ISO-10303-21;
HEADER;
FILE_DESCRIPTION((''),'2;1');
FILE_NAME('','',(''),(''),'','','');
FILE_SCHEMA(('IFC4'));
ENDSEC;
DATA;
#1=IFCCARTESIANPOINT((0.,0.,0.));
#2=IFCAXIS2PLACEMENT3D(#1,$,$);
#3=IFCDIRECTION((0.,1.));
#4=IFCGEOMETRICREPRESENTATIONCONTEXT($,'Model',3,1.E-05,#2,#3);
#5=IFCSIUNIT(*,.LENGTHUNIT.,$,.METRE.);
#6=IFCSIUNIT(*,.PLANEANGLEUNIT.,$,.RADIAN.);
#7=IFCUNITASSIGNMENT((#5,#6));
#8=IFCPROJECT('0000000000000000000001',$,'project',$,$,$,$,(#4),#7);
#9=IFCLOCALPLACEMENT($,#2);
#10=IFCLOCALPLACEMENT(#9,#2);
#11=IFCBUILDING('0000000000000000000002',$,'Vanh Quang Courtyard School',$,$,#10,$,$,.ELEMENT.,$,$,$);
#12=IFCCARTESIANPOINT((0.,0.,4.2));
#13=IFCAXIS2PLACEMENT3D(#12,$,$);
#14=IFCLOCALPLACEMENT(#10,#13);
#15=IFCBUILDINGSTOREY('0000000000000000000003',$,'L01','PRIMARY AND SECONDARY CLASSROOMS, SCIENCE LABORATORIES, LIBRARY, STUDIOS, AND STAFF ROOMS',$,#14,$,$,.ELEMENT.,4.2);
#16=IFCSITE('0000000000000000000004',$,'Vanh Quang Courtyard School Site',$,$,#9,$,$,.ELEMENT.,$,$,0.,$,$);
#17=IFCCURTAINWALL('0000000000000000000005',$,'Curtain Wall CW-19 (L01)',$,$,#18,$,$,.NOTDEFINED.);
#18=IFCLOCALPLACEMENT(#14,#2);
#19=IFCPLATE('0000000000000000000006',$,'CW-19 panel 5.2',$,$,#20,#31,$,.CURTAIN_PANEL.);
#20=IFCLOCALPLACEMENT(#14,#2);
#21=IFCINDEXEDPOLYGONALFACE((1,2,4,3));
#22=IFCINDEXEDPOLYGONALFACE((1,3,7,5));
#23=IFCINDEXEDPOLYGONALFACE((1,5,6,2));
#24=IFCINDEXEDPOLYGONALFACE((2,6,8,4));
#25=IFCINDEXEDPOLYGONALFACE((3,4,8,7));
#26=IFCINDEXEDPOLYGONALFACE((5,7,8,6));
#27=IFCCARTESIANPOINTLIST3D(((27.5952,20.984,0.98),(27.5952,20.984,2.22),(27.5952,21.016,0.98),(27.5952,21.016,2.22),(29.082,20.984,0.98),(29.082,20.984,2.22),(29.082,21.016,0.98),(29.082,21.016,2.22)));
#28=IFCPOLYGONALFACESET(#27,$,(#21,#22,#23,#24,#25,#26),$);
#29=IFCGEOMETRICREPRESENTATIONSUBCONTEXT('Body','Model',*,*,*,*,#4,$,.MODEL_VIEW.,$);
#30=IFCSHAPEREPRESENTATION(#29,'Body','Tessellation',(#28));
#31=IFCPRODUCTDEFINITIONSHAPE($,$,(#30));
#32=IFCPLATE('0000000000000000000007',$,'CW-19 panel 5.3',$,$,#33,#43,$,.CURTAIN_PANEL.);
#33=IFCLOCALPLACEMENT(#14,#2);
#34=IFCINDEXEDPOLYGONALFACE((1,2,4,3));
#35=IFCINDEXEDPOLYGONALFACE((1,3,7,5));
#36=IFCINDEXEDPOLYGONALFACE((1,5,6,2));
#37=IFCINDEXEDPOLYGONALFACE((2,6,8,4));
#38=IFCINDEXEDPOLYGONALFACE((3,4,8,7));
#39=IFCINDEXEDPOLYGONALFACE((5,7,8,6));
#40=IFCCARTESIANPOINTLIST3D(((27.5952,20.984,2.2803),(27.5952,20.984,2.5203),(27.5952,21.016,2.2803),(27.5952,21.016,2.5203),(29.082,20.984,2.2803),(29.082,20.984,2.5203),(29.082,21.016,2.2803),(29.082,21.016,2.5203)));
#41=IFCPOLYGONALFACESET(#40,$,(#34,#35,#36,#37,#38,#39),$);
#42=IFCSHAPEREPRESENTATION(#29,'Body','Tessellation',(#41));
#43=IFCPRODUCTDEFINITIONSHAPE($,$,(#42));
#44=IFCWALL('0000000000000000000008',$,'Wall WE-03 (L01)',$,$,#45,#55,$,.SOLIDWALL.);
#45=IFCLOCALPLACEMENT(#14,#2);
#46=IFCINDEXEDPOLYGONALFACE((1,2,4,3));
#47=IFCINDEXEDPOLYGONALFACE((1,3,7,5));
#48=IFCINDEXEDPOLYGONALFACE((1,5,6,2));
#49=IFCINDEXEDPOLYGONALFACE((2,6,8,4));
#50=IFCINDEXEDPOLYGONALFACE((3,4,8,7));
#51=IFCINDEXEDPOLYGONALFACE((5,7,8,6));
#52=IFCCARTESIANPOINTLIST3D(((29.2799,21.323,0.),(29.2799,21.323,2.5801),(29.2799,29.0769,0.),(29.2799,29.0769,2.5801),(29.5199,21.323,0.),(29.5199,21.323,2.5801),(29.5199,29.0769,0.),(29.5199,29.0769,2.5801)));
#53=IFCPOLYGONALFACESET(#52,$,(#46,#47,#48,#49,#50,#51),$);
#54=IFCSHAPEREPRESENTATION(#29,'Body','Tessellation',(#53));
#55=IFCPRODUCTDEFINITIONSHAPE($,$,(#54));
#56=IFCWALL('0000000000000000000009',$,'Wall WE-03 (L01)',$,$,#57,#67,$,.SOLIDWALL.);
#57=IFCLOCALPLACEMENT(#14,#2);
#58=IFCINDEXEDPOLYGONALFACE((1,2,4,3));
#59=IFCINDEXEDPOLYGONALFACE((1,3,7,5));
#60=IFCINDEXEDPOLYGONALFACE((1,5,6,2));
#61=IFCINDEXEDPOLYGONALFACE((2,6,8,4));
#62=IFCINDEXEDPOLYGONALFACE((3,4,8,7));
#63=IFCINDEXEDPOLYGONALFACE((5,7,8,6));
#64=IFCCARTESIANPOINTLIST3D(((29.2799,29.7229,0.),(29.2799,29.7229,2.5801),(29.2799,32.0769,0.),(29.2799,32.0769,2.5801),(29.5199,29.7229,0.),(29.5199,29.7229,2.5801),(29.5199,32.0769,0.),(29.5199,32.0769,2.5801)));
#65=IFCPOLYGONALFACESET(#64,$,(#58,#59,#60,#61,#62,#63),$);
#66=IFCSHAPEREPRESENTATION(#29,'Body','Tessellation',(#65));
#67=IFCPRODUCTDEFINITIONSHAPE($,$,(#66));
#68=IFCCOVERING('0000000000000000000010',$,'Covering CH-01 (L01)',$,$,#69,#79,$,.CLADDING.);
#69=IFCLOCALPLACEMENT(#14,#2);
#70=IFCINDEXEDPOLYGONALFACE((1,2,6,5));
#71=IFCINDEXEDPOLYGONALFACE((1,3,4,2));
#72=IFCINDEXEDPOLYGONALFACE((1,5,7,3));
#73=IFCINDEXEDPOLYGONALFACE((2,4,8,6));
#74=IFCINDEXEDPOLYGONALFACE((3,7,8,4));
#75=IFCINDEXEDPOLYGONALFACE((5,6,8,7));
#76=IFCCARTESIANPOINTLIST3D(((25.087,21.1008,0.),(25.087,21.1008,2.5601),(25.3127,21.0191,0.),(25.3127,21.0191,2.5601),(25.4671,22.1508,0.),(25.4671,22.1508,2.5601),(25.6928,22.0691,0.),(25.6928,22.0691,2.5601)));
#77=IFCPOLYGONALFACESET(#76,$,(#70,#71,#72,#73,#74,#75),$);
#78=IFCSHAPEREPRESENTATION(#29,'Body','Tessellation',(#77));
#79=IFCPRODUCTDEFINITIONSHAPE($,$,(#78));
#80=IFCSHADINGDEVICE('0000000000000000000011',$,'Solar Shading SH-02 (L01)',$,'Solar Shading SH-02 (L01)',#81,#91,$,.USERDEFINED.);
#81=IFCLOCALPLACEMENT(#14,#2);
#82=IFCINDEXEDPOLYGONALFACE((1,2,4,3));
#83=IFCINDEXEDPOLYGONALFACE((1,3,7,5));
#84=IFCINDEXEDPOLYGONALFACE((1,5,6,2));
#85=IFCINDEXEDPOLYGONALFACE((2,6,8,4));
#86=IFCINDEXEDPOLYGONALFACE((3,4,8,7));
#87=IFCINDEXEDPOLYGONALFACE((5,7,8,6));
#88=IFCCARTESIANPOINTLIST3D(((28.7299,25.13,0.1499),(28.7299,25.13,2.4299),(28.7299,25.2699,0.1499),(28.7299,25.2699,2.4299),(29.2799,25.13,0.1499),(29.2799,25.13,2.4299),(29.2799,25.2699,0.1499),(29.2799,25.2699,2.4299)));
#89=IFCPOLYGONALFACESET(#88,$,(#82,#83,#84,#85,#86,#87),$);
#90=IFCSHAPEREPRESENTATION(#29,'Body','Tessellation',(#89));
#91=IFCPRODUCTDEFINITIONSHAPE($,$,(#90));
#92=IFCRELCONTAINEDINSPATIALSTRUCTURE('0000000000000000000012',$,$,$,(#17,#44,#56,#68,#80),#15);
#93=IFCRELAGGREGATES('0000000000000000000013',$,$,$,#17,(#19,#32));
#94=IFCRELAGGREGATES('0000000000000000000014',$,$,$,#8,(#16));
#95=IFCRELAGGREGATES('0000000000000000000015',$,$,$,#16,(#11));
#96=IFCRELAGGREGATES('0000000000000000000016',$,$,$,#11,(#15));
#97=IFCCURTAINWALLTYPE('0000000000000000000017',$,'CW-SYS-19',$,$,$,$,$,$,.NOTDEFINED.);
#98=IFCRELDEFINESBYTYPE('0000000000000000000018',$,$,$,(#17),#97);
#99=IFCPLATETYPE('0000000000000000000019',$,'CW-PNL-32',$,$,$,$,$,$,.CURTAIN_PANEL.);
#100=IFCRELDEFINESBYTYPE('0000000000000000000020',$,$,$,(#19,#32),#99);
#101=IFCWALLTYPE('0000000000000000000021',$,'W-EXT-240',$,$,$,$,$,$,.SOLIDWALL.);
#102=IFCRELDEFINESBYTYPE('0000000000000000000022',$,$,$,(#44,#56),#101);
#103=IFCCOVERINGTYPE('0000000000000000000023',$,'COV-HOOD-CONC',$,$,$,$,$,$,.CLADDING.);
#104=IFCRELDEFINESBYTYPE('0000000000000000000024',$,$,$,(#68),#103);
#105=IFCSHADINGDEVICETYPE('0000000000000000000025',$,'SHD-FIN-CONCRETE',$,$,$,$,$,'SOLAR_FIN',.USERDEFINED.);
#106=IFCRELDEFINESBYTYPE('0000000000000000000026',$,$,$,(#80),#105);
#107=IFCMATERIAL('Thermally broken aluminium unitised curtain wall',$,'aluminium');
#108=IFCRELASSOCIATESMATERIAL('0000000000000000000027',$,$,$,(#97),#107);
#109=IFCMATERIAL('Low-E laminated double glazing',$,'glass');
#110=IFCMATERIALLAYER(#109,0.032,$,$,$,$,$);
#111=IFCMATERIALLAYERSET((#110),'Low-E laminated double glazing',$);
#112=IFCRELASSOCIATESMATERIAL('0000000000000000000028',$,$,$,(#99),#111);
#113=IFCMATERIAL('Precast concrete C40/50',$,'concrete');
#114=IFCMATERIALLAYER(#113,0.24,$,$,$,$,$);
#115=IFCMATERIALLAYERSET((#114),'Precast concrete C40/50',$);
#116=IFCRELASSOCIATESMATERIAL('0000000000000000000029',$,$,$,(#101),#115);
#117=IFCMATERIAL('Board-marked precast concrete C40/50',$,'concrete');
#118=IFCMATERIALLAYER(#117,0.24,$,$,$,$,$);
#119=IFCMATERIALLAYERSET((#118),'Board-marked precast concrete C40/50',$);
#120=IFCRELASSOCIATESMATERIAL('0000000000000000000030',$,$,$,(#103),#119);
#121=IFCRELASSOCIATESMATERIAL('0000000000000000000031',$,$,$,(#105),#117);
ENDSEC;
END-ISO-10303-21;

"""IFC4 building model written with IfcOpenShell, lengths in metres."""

from ifc_helpers import new_model, si_unit, direction, frame, frame_2d, origin, origin_2d, place, context, subcontext, project, spatial, rectangle, extrude, material, layer, layer_set, type_object, element, aggregate, save


model = new_model("IFC4")

# Units and contexts
model_context = context("Model", 3, precision=1e-05, world=origin(), true_north=direction((0.0, 1.0)))
body_context = subcontext(model_context, "Body", "Model", "MODEL_VIEW")
ifc_project = project(units=[si_unit("LENGTHUNIT", "METRE"), si_unit("PLANEANGLEUNIT", "RADIAN")], contexts=[model_context])

# Site, building, storey
site_placement = place(None, origin())
site = spatial("IfcSite", under=ifc_project, at=site_placement, Name="Vanh Quang Courtyard School Site", CompositionType="ELEMENT", RefElevation=0.0)
building_placement = place(site_placement, origin())
building = spatial("IfcBuilding", under=site, at=building_placement, Name="Vanh Quang Courtyard School", CompositionType="ELEMENT")
storey_placement = place(building_placement, frame((0.0, 0.0, 4.2)))
storey = spatial("IfcBuildingStorey", under=building, at=storey_placement, Name="L01", Description="PRIMARY AND SECONDARY CLASSROOMS, SCIENCE LABORATORIES, LIBRARY, STUDIOS, AND STAFF ROOMS", CompositionType="ELEMENT", Elevation=4.2)

# Curtain wall, plates
ifc_material_1 = material(Name="Thermally broken aluminium unitised curtain wall", Category="aluminium")
curtain_wall_type = type_object("IfcCurtainWallType", Name="CW-SYS-19", PredefinedType="NOTDEFINED", material=ifc_material_1)
curtain_wall_placement = place(storey_placement, origin())
curtain_wall = element("IfcCurtainWall", 1, at=curtain_wall_placement, inside=storey, type_object=curtain_wall_type, Name="Curtain Wall CW-19 (L01)", PredefinedType="NOTDEFINED")
ifc_material_2 = material(Name="Low-E laminated double glazing", Category="glass")
ifc_layer_1 = layer(ifc_material_2, 0.032)
ifc_layer_set_1 = layer_set([ifc_layer_1], Name="Low-E laminated double glazing")
plate_type = type_object("IfcPlateType", Name="CW-PNL-32", PredefinedType="CURTAIN_PANEL", material=ifc_layer_set_1)
plate_1_placement = place(storey_placement, frame((28.3386, 21.0, 0.98), z_axis=(0.0, 0.0, 1.0), x_axis=(1.0, 0.0, 0.0)))
plate_1 = element("IfcPlate", 2, at=plate_1_placement, type_object=plate_type, Name="CW-19 panel 5.2", PredefinedType="CURTAIN_PANEL", context=body_context, shape_type="SweptSolid", body=[
    extrude(rectangle(XDim=1.4868, YDim=0.032, at=origin_2d()), origin(), (0.0, 0.0, 1.0), 1.24),
])
plate_2_placement = place(storey_placement, frame((28.3386, 21.0, 2.2803), z_axis=(0.0, 0.0, 1.0), x_axis=(1.0, 0.0, 0.0)))
plate_2 = element("IfcPlate", 3, at=plate_2_placement, type_object=plate_type, Name="CW-19 panel 5.3", PredefinedType="CURTAIN_PANEL", context=body_context, shape_type="SweptSolid", body=[
    extrude(rectangle(XDim=1.4868, YDim=0.032, at=origin_2d()), origin(), (0.0, 0.0, 1.0), 0.24),
])
aggregate(curtain_wall, [plate_1, plate_2])

# Walls
ifc_material_3 = material(Name="Precast concrete C40/50", Category="concrete")
ifc_layer_2 = layer(ifc_material_3, 0.24)
ifc_layer_set_2 = layer_set([ifc_layer_2], Name="Precast concrete C40/50")
wall_type = type_object("IfcWallType", Name="W-EXT-240", PredefinedType="SOLIDWALL", material=ifc_layer_set_2)
wall_1_placement = place(storey_placement, frame((29.3999, 21.323, 0.0), z_axis=(0.0, 0.0, 1.0), x_axis=(0.0, 1.0, 0.0)))
element("IfcWall", 4, at=wall_1_placement, inside=storey, type_object=wall_type, Name="Wall WE-03 (L01)", PredefinedType="SOLIDWALL", context=body_context, shape_type="SweptSolid", body=[
    extrude(rectangle(XDim=7.7539, YDim=0.24, at=frame_2d((3.877, 0.0))), origin(), (0.0, 0.0, 1.0), 2.5801),
])
wall_2_placement = place(storey_placement, frame((29.3999, 29.7229, 0.0), z_axis=(0.0, 0.0, 1.0), x_axis=(0.0, 1.0, 0.0)))
element("IfcWall", 5, at=wall_2_placement, inside=storey, type_object=wall_type, Name="Wall WE-03 (L01)", PredefinedType="SOLIDWALL", context=body_context, shape_type="SweptSolid", body=[
    extrude(rectangle(XDim=2.354, YDim=0.24, at=frame_2d((1.177, 0.0))), origin(), (0.0, 0.0, 1.0), 2.5801),
])

# Covering
ifc_material_4 = material(Name="Board-marked precast concrete C40/50", Category="concrete")
ifc_layer_3 = layer(ifc_material_4, 0.24)
ifc_layer_set_3 = layer_set([ifc_layer_3], Name="Board-marked precast concrete C40/50")
covering_type = type_object("IfcCoveringType", Name="COV-HOOD-CONC", PredefinedType="CLADDING", material=ifc_layer_set_3)
covering_placement = place(storey_placement, frame((25.3899, 21.585, 0.0), z_axis=(0.0, 0.0, 1.0), x_axis=(0.34038, 0.940288, 0.0)))
element("IfcCovering", 6, at=covering_placement, inside=storey, type_object=covering_type, Name="Covering CH-01 (L01)", PredefinedType="CLADDING", context=body_context, shape_type="SweptSolid", body=[
    extrude(rectangle(XDim=1.1167, YDim=0.24, at=origin_2d()), origin(), (0.0, 0.0, 1.0), 2.5601),
])

# Shading device
shading_device_type = type_object("IfcShadingDeviceType", Name="SHD-FIN-CONCRETE", ElementType="SOLAR_FIN", PredefinedType="USERDEFINED", material=ifc_material_4)
shading_device_placement = place(storey_placement, frame((29.0049, 25.2, 0.1499), z_axis=(0.0, 0.0, 1.0), x_axis=(0.0, 1.0, 0.0)))
element("IfcShadingDevice", 7, at=shading_device_placement, inside=storey, type_object=shading_device_type, Name="Solar Shading SH-02 (L01)", ObjectType="Solar Shading SH-02 (L01)", PredefinedType="USERDEFINED", context=body_context, shape_type="SweptSolid", body=[
    extrude(rectangle(XDim=0.1399, YDim=0.55, at=origin_2d()), origin(), (0.0, 0.0, 1.0), 2.28),
])

save(model, "model.ifc")
